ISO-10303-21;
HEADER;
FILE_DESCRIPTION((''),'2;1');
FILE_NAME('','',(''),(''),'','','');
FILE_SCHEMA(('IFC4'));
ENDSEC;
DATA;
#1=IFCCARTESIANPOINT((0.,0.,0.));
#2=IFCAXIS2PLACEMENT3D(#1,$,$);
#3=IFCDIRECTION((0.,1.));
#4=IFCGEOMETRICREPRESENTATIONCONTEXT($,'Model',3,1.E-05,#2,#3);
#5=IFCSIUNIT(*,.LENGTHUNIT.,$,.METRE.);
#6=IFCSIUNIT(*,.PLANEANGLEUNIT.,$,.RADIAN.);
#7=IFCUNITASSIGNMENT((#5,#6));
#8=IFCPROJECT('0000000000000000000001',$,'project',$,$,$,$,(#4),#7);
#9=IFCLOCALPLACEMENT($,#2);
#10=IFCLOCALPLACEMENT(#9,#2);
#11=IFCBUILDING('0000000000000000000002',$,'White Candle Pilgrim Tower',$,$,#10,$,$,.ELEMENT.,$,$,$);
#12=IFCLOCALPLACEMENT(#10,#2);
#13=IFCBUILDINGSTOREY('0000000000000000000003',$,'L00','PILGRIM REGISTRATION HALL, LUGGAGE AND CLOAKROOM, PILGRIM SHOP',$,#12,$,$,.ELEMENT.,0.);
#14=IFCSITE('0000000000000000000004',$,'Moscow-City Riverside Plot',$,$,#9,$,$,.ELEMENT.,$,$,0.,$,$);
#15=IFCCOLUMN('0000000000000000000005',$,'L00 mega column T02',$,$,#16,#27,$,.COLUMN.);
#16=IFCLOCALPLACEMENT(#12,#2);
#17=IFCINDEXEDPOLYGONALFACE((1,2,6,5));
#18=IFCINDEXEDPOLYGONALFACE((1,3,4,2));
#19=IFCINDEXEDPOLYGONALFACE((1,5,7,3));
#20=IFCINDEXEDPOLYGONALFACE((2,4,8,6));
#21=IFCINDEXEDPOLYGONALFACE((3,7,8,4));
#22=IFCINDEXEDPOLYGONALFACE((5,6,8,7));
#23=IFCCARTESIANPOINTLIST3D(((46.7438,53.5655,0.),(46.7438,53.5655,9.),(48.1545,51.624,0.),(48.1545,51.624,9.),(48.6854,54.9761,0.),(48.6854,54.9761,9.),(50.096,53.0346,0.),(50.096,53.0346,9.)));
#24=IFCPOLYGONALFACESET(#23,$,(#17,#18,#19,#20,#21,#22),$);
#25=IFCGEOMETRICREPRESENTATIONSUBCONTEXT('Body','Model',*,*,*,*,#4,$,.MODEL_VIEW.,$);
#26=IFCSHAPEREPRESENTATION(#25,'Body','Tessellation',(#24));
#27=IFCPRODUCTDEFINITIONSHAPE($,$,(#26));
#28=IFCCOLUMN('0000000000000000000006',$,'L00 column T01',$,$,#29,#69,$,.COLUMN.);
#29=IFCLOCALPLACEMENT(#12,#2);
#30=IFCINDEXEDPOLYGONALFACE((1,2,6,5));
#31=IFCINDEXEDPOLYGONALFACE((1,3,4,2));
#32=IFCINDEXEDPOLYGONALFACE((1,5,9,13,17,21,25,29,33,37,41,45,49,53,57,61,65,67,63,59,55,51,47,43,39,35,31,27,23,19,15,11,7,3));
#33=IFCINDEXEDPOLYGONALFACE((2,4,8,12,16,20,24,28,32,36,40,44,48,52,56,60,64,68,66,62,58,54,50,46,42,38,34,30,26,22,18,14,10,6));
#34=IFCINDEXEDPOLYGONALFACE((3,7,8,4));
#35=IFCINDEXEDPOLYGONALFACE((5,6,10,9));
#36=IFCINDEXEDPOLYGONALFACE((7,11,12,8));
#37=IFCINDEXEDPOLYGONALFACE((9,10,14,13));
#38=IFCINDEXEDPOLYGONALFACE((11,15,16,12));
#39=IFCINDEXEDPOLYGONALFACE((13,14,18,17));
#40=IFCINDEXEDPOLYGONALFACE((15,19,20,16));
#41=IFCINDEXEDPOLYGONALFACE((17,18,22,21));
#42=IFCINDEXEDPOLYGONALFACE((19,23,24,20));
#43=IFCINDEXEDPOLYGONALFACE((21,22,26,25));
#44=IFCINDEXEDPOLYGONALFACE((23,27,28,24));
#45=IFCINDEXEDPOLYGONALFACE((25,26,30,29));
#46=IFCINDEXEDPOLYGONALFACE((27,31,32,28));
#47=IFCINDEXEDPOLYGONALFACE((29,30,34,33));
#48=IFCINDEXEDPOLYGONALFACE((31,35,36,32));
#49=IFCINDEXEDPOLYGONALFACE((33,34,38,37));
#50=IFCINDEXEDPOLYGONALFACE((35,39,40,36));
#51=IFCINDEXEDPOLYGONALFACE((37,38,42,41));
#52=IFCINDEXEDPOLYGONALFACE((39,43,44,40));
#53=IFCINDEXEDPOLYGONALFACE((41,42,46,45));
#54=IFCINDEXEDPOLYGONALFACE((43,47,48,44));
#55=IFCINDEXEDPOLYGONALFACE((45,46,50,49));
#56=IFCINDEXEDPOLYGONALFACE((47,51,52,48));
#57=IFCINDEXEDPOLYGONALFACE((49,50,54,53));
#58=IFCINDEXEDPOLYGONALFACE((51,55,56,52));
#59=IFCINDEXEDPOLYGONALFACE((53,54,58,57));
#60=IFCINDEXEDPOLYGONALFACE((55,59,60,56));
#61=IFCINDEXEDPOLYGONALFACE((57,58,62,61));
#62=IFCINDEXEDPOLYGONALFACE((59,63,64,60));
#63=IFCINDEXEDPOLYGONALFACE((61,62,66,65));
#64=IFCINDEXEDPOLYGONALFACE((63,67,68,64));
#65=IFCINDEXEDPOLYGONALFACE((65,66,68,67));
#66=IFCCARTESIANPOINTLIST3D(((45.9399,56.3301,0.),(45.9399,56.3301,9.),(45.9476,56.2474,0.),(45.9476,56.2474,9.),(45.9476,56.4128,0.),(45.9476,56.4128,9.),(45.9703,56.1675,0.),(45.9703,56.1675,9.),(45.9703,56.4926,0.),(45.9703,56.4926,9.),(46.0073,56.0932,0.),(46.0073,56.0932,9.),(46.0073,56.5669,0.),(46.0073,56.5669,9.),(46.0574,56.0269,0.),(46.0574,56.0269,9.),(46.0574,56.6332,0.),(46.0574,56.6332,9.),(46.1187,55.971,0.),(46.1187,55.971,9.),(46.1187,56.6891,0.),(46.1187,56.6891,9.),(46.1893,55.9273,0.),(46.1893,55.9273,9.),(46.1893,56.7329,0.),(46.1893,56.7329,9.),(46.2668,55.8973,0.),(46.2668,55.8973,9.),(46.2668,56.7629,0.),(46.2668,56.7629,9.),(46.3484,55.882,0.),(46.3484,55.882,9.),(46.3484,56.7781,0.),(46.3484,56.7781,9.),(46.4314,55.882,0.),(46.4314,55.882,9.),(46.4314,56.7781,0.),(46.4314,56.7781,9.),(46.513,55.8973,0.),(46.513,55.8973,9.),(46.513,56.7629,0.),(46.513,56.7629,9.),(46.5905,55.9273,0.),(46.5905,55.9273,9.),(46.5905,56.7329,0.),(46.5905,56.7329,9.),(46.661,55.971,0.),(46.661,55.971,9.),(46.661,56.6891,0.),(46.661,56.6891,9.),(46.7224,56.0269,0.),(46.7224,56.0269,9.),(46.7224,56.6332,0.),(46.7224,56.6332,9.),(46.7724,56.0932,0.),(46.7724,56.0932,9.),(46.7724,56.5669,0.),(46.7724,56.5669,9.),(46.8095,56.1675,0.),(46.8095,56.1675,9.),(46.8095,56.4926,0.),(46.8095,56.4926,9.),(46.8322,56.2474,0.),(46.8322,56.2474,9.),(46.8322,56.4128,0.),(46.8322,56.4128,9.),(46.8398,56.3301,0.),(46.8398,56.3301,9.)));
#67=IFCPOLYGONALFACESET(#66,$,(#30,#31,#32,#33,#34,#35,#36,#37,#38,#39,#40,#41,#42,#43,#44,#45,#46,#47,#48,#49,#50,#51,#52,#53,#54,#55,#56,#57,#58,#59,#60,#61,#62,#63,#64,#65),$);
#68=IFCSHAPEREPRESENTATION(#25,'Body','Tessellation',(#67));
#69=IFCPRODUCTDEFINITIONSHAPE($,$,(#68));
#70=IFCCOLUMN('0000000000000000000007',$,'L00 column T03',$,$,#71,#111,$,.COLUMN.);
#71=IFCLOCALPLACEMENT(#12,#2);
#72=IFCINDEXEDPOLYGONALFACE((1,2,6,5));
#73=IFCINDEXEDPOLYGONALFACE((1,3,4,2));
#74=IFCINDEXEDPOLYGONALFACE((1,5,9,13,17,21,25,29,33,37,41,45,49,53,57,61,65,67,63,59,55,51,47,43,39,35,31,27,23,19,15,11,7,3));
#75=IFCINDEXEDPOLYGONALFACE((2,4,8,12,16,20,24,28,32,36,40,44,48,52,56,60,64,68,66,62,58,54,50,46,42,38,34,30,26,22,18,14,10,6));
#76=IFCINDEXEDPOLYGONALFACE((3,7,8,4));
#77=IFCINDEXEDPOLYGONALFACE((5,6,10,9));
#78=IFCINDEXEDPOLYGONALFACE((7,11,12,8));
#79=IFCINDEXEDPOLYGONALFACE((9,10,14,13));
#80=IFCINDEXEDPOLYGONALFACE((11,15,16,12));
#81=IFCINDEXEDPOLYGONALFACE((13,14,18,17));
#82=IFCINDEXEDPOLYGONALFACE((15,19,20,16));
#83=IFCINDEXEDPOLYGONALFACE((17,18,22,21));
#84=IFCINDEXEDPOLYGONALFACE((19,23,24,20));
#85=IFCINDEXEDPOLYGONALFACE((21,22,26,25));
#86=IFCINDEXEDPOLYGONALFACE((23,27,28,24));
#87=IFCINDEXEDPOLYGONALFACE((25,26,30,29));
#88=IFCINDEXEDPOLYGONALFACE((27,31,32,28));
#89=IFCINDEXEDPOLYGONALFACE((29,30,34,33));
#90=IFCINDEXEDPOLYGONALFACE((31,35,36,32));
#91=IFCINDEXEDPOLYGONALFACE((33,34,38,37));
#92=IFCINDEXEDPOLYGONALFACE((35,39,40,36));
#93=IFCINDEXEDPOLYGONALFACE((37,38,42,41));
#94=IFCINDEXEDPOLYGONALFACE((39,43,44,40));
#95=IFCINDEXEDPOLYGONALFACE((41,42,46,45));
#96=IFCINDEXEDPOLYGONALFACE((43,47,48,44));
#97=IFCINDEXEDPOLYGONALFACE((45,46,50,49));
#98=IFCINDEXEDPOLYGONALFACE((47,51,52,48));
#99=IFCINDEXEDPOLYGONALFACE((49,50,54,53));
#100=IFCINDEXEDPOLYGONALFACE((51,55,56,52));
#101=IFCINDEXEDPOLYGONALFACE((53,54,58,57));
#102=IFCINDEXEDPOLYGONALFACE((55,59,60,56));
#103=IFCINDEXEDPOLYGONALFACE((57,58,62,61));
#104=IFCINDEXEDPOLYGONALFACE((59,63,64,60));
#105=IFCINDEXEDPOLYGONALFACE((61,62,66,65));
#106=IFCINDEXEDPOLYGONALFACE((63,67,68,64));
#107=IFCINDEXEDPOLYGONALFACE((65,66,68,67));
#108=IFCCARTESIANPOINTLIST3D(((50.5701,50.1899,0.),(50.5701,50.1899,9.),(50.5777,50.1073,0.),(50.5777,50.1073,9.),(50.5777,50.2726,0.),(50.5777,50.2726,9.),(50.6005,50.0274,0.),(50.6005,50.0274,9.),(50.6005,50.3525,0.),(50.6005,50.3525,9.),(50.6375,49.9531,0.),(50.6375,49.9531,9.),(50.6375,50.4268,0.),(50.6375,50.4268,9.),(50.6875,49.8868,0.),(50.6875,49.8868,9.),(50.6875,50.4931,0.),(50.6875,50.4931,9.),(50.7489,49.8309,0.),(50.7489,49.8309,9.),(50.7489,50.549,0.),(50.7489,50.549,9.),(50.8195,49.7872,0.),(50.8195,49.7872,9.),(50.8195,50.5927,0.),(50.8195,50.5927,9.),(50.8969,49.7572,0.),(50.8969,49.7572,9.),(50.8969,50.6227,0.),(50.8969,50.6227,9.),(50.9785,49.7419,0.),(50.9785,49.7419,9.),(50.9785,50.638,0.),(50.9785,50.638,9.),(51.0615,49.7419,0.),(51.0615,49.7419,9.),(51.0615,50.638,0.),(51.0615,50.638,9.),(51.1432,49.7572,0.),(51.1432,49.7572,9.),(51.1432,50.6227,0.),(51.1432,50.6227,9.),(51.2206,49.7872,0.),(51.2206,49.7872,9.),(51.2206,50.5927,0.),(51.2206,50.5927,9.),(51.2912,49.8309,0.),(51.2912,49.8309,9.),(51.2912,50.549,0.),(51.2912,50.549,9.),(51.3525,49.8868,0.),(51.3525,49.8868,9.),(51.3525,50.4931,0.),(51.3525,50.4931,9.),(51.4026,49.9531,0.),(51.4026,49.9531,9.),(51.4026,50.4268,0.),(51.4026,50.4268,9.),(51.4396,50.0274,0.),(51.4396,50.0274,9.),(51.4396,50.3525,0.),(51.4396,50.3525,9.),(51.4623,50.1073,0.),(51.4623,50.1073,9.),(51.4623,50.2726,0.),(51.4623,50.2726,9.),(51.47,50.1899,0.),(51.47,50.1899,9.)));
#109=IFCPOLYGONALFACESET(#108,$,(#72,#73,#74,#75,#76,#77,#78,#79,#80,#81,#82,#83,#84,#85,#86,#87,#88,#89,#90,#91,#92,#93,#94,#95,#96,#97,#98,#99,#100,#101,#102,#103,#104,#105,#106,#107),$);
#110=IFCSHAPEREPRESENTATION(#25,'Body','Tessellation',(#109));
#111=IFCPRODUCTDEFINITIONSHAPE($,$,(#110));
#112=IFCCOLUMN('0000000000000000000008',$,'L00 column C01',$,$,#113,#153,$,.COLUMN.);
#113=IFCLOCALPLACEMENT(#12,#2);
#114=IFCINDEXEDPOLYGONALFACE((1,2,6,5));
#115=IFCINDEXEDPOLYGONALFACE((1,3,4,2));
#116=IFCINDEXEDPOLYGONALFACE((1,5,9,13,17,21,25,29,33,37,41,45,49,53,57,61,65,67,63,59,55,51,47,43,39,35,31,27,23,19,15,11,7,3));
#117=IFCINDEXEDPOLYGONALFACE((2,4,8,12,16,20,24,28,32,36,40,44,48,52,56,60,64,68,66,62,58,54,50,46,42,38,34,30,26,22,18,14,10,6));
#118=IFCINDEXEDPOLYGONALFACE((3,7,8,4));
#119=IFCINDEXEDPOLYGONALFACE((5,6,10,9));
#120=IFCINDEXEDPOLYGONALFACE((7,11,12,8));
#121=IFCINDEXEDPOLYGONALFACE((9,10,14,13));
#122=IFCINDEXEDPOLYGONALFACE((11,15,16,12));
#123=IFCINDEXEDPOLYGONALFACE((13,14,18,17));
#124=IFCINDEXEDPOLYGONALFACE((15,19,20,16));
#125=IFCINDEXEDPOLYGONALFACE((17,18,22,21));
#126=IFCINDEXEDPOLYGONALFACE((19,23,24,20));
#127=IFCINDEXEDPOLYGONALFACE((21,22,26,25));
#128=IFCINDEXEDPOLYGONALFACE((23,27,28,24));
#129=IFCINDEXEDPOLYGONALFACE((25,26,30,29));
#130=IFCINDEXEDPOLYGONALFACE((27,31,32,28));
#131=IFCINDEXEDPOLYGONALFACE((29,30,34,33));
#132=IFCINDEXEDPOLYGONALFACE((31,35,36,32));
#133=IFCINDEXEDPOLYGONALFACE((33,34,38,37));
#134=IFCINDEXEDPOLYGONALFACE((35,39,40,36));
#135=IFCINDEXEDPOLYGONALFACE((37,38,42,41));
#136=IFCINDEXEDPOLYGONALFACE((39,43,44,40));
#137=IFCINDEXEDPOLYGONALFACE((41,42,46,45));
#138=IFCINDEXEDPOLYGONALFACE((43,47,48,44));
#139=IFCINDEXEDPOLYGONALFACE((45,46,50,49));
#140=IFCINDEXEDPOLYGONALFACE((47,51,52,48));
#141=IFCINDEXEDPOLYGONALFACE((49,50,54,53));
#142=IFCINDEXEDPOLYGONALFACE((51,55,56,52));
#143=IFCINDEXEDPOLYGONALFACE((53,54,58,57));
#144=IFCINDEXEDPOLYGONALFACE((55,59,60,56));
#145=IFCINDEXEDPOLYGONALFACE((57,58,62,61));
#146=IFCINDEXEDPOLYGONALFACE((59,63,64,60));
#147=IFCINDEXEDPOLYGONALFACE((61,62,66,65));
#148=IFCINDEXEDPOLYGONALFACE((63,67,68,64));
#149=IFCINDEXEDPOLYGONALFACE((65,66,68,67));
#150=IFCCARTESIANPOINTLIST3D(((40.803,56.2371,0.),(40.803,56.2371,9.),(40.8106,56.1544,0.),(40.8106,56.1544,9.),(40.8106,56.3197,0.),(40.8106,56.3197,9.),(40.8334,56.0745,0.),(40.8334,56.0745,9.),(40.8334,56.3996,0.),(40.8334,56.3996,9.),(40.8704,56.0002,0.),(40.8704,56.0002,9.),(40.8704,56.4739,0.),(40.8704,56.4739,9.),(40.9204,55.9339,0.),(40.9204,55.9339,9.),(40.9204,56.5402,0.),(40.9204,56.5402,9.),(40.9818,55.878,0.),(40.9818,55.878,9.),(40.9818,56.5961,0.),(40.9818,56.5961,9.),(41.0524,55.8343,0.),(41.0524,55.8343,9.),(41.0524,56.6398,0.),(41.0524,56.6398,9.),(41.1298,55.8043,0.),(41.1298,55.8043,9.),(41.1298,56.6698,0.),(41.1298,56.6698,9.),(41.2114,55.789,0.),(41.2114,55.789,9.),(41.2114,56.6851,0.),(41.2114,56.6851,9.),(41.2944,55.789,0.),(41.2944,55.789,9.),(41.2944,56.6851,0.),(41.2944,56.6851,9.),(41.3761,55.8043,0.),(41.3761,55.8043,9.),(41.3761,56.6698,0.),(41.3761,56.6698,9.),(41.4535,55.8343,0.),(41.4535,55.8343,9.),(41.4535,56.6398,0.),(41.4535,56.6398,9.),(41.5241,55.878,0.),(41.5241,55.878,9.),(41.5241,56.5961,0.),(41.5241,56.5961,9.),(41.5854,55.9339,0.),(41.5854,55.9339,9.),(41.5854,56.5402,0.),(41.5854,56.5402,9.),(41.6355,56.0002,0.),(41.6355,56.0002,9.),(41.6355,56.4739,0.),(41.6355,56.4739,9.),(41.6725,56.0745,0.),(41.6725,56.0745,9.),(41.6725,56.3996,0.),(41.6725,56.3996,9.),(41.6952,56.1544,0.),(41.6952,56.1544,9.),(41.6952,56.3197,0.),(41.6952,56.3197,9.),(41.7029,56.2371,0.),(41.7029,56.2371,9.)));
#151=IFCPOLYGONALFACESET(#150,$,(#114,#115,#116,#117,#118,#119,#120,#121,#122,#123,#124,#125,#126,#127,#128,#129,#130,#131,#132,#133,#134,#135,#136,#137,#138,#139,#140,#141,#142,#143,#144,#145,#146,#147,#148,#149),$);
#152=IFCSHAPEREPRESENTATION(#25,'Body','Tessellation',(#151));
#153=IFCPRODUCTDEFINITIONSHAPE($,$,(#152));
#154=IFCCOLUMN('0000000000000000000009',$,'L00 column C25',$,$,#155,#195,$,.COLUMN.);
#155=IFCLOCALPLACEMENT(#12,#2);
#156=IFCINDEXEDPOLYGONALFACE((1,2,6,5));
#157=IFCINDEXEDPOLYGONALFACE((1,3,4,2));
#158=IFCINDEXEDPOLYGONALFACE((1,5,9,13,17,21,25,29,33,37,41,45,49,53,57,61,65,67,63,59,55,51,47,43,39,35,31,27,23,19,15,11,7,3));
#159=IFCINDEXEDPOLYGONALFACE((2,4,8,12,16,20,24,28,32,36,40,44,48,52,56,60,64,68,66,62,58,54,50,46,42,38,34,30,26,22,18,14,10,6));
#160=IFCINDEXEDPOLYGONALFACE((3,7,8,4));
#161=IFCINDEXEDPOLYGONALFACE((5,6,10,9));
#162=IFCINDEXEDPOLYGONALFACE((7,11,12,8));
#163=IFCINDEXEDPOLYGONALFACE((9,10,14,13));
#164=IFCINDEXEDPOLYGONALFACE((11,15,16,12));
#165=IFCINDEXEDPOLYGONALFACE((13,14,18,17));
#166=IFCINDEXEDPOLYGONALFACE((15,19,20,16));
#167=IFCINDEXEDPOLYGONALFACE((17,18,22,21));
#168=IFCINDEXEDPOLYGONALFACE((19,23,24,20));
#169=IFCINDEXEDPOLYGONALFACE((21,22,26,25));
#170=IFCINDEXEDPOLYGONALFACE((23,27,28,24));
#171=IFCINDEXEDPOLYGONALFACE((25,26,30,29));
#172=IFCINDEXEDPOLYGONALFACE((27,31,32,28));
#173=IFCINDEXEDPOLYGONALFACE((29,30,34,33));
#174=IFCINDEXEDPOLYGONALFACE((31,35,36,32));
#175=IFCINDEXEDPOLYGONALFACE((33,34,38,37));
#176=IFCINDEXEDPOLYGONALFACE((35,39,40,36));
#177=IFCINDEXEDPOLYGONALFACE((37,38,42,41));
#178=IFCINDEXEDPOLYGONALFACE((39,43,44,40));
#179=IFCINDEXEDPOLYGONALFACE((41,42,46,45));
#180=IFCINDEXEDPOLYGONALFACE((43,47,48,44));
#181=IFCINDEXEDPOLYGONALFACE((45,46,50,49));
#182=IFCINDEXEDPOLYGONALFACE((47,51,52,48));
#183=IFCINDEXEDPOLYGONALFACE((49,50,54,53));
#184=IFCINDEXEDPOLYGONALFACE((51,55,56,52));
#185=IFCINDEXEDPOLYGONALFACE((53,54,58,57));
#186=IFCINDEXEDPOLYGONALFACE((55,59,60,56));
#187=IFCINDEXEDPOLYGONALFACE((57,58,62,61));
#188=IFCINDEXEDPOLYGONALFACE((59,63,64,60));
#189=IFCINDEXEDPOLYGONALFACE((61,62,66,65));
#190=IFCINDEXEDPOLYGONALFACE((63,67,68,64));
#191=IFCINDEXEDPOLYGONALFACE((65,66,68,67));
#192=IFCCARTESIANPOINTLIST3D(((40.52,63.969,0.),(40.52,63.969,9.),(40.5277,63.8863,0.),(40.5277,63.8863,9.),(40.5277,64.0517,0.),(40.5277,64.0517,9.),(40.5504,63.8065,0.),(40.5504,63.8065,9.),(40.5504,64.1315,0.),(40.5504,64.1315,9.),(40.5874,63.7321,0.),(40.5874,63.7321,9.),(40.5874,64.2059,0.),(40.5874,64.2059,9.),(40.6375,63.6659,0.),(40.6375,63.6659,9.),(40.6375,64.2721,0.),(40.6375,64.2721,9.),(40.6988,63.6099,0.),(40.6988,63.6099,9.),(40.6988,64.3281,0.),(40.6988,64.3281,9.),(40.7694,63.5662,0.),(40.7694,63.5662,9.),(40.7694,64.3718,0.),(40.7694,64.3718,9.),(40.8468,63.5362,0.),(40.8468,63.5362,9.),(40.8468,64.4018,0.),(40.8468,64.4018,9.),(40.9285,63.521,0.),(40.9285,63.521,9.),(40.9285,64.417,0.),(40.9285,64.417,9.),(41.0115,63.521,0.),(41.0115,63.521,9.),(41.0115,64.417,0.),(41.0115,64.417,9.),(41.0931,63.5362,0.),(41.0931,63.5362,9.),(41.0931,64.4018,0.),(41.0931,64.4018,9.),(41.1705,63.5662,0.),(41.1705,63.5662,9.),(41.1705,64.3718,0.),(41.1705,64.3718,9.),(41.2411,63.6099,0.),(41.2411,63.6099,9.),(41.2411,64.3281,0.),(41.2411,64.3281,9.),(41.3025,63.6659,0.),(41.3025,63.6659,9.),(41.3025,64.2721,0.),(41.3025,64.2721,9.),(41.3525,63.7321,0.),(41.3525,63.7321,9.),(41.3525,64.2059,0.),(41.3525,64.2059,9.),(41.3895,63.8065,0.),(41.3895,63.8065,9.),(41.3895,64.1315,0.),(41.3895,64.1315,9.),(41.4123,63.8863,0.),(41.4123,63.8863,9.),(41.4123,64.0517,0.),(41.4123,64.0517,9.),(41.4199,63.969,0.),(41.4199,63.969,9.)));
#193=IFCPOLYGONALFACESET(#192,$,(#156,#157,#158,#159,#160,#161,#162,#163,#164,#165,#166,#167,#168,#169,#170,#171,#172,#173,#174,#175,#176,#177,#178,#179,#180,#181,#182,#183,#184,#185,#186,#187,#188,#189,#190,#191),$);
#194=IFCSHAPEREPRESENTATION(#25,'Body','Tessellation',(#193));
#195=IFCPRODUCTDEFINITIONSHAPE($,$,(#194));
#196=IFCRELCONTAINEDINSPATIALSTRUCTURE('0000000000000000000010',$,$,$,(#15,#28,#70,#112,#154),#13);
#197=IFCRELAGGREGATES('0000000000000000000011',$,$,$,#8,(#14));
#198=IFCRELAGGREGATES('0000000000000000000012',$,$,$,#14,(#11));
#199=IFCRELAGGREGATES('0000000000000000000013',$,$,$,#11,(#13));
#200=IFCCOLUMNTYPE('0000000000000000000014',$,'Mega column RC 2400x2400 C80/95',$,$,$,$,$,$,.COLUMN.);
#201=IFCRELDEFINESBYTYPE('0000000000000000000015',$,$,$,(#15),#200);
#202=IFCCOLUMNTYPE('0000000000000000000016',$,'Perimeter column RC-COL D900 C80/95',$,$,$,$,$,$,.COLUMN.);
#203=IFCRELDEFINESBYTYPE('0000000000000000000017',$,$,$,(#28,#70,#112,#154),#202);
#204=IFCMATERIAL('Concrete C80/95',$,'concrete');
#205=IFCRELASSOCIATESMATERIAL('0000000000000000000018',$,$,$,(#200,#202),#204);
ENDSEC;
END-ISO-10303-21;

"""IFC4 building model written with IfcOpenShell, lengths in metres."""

from ifc_helpers import new_model, si_unit, direction, frame, origin, origin_2d, place, context, subcontext, project, spatial, rectangle, circle, extrude, material, material_profile, profile_set, type_object, element, save


model = new_model("IFC4")

# Units and contexts
model_context = context("Model", 3, precision=1e-05, world=origin(), true_north=direction((0.0, 1.0)))
body_context = subcontext(model_context, "Body", "Model", "MODEL_VIEW")
ifc_project = project(units=[si_unit("LENGTHUNIT", "METRE"), si_unit("PLANEANGLEUNIT", "RADIAN")], contexts=[model_context])

# Site, building, storey
site_placement = place(None, origin())
site = spatial("IfcSite", under=ifc_project, at=site_placement, Name="Moscow-City Riverside Plot", CompositionType="ELEMENT", RefElevation=0.0)
building_placement = place(site_placement, origin())
building = spatial("IfcBuilding", under=site, at=building_placement, Name="White Candle Pilgrim Tower", CompositionType="ELEMENT")
storey_placement = place(building_placement, origin())
storey = spatial("IfcBuildingStorey", under=building, at=storey_placement, Name="L00", Description="PILGRIM REGISTRATION HALL, LUGGAGE AND CLOAKROOM, PILGRIM SHOP", CompositionType="ELEMENT", Elevation=0.0)

# Columns
ifc_material_1 = material(Name="Concrete C80/95", Category="concrete")
ifc_material_profile_1 = material_profile(ifc_material_1, rectangle(XDim=2.3999, YDim=2.3999, at=origin_2d()), Name="RC 2400x2400")
ifc_profile_set_1 = profile_set([ifc_material_profile_1], Name="Concrete C80/95")
column_type_1 = type_object("IfcColumnType", Name="Mega column RC 2400x2400 C80/95", PredefinedType="COLUMN", material=ifc_profile_set_1)
column_1_placement = place(storey_placement, frame((48.4199, 53.3, 0.0), z_axis=(0.0, 0.0, 1.0), x_axis=(-0.809017, -0.587785, 0.0)))
element("IfcColumn", 1, at=column_1_placement, inside=storey, type_object=column_type_1, Name="L00 mega column T02", PredefinedType="COLUMN", context=body_context, shape_type="SweptSolid", body=[
    extrude(rectangle(XDim=2.3999, YDim=2.3999, at=origin_2d()), origin(), (0.0, 0.0, 1.0), 9.0),
])
ifc_material_profile_2 = material_profile(ifc_material_1, circle(Radius=0.45, at=origin_2d()), Name="RC-COL D900")
ifc_profile_set_2 = profile_set([ifc_material_profile_2], Name="Concrete C80/95")
column_type_2 = type_object("IfcColumnType", Name="Perimeter column RC-COL D900 C80/95", PredefinedType="COLUMN", material=ifc_profile_set_2)
for number, where, z_axis, x_axis, name in (
    (2, (46.3899, 56.3301, 0.0), (0.0, 0.0, 1.0), (1.0, 0.0, 0.0), "L00 column T01"),
    (3, (51.02, 50.1899, 0.0), (0.0, 0.0, 1.0), (1.0, 0.0, 0.0), "L00 column T03"),
    (4, (41.2529, 56.2371, 0.0), (0.0, 0.0, 1.0), (1.0, 0.0, 0.0), "L00 column C01"),
    (5, (40.97, 63.969, 0.0), (0.0, 0.0, 1.0), (1.0, 0.0, 0.0), "L00 column C25"),
):
    element("IfcColumn", number, at=place(storey_placement, frame(where, z_axis=z_axis, x_axis=x_axis)), inside=storey, type_object=column_type_2, Name=name, PredefinedType="COLUMN", context=body_context, shape_type="SweptSolid", body=[
        extrude(circle(Radius=0.45, at=origin_2d()), origin(), (0.0, 0.0, 1.0), 9.0),
    ])

save(model, "model.ifc")
